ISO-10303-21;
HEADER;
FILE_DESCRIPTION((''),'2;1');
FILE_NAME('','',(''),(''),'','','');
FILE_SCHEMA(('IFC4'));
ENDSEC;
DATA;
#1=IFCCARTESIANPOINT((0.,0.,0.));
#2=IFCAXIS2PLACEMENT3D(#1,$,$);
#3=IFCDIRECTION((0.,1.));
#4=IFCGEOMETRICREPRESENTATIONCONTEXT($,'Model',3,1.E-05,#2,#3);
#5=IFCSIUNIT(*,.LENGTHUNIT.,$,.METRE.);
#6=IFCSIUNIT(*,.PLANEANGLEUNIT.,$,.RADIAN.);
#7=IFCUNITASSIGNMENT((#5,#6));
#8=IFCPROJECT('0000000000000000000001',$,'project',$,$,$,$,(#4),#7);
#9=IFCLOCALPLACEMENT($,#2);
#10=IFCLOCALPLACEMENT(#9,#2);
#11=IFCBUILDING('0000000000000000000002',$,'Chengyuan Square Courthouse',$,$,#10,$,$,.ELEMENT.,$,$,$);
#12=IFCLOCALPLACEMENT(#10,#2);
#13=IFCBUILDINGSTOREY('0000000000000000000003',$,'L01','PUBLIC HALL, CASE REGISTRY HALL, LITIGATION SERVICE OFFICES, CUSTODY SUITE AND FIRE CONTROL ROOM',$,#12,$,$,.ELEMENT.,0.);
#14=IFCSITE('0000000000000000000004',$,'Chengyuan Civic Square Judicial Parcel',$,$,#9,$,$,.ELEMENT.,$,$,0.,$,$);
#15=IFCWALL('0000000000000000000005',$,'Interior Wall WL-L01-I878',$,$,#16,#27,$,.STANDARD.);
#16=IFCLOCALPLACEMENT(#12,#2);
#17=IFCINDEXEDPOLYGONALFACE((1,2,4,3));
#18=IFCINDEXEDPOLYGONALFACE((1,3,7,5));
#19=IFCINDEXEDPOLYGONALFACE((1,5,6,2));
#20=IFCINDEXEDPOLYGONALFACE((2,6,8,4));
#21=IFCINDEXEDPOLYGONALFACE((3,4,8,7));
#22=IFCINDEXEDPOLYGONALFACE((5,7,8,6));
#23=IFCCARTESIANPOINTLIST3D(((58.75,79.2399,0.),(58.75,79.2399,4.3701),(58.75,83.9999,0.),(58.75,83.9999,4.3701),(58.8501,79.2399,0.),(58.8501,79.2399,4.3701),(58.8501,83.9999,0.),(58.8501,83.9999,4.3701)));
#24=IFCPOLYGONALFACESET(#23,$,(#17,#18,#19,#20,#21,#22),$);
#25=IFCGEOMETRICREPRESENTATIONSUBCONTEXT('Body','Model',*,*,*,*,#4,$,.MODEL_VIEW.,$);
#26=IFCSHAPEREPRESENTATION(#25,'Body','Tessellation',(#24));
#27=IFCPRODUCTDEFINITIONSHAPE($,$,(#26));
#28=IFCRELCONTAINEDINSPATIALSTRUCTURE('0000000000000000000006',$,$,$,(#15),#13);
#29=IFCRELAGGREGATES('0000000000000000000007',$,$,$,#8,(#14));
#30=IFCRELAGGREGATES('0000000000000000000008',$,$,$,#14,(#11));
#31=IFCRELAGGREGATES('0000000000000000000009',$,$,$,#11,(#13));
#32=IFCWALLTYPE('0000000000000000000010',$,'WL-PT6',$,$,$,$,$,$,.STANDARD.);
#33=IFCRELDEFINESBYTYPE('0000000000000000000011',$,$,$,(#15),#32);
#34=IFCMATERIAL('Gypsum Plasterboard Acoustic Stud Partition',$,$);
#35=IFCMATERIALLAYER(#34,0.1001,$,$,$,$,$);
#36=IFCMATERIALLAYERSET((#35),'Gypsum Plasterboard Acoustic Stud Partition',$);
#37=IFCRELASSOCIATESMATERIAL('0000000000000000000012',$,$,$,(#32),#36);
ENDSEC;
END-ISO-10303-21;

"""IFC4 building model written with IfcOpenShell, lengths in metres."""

from ifc_helpers import new_model, si_unit, direction, frame, frame_2d, origin, place, context, subcontext, project, spatial, rectangle, extrude, material, layer, layer_set, type_object, element, save


model = new_model("IFC4")

# Units and contexts
model_context = context("Model", 3, precision=1e-05, world=origin(), true_north=direction((0.0, 1.0)))
body_context = subcontext(model_context, "Body", "Model", "MODEL_VIEW")
ifc_project = project(units=[si_unit("LENGTHUNIT", "METRE"), si_unit("PLANEANGLEUNIT", "RADIAN")], contexts=[model_context])

# Site, building, storey
site_placement = place(None, origin())
site = spatial("IfcSite", under=ifc_project, at=site_placement, Name="Chengyuan Civic Square Judicial Parcel", CompositionType="ELEMENT", RefElevation=0.0)
building_placement = place(site_placement, origin())
building = spatial("IfcBuilding", under=site, at=building_placement, Name="Chengyuan Square Courthouse", CompositionType="ELEMENT")
storey_placement = place(building_placement, origin())
storey = spatial("IfcBuildingStorey", under=building, at=storey_placement, Name="L01", Description="PUBLIC HALL, CASE REGISTRY HALL, LITIGATION SERVICE OFFICES, CUSTODY SUITE AND FIRE CONTROL ROOM", CompositionType="ELEMENT", Elevation=0.0)

# Shared definitions
ifc_material_1 = material(Name="Gypsum Plasterboard Acoustic Stud Partition")
ifc_layer_1 = layer(ifc_material_1, 0.1001)
ifc_layer_set_1 = layer_set([ifc_layer_1], Name="Gypsum Plasterboard Acoustic Stud Partition")
wall_type_1 = type_object("IfcWallType", Name="WL-PT6", PredefinedType="STANDARD", material=ifc_layer_set_1)

# Wall
wall_1_placement = place(storey_placement, frame((58.8, 79.24, 0.0), z_axis=(0.0, 0.0, 1.0), x_axis=(0.0, 1.0, 0.0)))
element("IfcWall", 1, at=wall_1_placement, inside=storey, type_object=wall_type_1, Name="Interior Wall WL-L01-I878", PredefinedType="STANDARD", context=body_context, shape_type="SweptSolid", body=[
    extrude(rectangle(XDim=4.76, YDim=0.1001, at=frame_2d((2.3799, 0.0))), origin(), (0.0, 0.0, 1.0), 4.3701),
])

save(model, "model.ifc")
